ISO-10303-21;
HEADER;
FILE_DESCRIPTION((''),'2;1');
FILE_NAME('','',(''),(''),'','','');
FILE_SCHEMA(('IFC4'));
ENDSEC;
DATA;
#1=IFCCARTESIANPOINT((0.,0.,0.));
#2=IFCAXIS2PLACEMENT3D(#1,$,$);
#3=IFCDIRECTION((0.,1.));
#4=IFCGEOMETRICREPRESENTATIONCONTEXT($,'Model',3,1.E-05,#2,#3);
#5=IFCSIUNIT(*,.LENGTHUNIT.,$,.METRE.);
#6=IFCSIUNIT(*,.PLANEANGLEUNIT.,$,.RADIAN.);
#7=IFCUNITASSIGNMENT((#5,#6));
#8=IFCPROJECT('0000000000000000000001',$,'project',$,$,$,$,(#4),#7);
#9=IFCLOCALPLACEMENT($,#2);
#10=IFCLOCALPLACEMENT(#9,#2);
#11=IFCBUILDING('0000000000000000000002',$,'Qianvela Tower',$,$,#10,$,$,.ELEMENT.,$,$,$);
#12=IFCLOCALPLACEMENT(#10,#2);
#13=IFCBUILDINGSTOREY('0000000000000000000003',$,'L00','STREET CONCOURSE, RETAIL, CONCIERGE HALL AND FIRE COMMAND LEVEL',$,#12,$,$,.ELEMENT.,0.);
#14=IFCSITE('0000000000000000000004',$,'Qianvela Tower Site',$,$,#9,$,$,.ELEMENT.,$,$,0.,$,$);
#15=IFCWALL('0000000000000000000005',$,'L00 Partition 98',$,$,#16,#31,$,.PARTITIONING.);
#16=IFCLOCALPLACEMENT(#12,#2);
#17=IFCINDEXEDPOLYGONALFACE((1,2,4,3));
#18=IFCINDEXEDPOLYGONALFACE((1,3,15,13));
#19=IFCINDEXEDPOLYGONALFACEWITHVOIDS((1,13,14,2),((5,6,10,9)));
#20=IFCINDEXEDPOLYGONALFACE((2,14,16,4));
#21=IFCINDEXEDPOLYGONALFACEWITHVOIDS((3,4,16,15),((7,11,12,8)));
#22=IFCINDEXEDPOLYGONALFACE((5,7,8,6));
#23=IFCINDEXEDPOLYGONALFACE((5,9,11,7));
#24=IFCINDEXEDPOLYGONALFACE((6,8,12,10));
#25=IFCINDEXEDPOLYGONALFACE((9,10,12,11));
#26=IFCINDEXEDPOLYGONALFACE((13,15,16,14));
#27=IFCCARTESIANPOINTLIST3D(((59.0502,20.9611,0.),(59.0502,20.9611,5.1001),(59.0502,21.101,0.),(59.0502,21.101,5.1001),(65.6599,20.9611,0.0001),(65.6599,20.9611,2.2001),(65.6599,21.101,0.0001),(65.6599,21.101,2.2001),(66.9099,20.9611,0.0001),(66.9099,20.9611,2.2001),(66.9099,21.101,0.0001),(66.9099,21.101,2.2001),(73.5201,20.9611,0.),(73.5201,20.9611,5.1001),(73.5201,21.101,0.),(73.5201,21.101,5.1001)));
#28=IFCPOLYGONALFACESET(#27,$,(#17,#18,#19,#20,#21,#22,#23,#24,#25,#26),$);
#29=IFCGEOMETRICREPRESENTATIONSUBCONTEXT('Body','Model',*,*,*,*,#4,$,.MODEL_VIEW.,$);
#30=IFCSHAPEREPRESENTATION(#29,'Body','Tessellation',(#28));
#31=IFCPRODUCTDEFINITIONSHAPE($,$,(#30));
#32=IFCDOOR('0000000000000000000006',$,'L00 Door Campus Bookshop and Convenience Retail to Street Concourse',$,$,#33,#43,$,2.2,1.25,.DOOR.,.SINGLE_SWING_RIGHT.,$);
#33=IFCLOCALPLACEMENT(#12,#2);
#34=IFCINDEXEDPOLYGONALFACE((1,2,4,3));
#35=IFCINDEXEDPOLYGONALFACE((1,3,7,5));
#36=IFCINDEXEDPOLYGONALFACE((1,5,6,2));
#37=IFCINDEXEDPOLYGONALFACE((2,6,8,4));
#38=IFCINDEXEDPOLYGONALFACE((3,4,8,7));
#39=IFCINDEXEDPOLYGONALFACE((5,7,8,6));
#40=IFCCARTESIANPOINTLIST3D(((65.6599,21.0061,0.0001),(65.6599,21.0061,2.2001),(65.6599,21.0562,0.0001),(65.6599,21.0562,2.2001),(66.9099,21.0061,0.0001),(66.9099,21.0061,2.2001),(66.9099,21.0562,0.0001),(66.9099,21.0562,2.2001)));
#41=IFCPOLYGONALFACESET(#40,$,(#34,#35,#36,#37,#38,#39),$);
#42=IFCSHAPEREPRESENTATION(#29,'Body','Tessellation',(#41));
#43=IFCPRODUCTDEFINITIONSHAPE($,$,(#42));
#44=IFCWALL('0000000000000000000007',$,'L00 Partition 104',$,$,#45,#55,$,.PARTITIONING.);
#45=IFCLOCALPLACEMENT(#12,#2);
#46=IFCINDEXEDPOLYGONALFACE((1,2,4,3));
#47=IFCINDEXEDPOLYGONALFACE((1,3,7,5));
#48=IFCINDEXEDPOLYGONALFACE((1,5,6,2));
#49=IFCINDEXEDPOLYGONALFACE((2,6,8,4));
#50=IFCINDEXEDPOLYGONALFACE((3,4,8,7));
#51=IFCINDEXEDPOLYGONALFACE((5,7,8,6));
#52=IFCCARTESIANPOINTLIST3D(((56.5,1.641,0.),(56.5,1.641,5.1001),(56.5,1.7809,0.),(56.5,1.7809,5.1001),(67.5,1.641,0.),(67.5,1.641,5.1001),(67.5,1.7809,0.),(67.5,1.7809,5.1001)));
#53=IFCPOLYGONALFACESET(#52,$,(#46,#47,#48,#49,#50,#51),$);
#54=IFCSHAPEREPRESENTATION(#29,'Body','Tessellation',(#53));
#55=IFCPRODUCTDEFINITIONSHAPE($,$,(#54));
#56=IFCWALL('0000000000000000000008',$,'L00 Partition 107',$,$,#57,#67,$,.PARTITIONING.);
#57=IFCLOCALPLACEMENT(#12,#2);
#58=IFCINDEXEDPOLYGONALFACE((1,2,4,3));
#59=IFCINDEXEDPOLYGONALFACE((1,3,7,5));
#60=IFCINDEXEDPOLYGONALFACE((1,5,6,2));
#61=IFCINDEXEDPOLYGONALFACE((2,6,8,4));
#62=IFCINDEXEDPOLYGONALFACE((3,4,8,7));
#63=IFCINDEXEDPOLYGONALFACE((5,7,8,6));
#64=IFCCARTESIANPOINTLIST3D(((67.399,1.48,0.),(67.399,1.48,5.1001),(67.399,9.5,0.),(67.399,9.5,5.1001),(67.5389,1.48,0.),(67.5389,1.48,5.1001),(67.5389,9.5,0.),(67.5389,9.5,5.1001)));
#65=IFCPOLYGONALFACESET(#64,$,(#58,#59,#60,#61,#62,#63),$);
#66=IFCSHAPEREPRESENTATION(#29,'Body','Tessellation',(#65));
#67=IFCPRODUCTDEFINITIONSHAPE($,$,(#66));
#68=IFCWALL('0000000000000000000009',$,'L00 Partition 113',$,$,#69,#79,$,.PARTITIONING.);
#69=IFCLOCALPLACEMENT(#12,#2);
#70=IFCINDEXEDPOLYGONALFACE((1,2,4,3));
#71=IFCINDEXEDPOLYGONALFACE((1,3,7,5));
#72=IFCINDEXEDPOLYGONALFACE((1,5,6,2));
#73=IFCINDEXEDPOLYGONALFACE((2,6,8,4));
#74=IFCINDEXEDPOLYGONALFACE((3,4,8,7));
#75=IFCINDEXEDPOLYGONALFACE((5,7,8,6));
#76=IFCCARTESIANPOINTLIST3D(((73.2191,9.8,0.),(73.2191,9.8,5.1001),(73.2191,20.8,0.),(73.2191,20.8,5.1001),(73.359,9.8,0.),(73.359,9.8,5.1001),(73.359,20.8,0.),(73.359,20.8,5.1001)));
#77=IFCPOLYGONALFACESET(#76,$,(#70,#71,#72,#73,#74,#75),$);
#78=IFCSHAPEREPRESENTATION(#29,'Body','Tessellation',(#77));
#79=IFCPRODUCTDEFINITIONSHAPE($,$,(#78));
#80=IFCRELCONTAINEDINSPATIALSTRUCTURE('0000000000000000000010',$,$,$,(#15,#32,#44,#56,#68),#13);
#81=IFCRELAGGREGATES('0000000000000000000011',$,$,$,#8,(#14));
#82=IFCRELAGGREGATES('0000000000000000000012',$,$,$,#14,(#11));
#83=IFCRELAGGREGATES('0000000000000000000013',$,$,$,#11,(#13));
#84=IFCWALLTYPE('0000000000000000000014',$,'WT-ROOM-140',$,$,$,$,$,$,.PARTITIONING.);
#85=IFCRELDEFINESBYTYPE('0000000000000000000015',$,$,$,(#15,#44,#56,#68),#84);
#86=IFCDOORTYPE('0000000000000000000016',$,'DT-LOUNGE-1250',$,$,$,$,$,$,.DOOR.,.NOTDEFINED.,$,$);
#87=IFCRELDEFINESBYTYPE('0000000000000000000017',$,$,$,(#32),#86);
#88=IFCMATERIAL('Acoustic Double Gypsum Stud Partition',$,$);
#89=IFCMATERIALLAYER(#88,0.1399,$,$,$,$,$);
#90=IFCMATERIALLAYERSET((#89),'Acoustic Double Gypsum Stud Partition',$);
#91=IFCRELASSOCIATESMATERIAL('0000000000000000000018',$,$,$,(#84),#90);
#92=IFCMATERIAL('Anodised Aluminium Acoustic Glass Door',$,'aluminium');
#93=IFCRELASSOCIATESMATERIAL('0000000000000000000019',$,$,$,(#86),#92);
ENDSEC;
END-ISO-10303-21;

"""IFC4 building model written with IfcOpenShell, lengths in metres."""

from ifc_helpers import new_model, si_unit, direction, frame, frame_2d, origin, place, context, subcontext, project, spatial, rectangle, extrude, material, layer, layer_set, type_object, element, fill, save


model = new_model("IFC4")

# Units and contexts
model_context = context("Model", 3, precision=1e-05, world=origin(), true_north=direction((0.0, 1.0)))
body_context = subcontext(model_context, "Body", "Model", "MODEL_VIEW")
ifc_project = project(units=[si_unit("LENGTHUNIT", "METRE"), si_unit("PLANEANGLEUNIT", "RADIAN")], contexts=[model_context])

# Site, building, storey
site_placement = place(None, origin())
site = spatial("IfcSite", under=ifc_project, at=site_placement, Name="Qianvela Tower Site", CompositionType="ELEMENT", RefElevation=0.0)
building_placement = place(site_placement, origin())
building = spatial("IfcBuilding", under=site, at=building_placement, Name="Qianvela Tower", CompositionType="ELEMENT")
storey_placement = place(building_placement, origin())
storey = spatial("IfcBuildingStorey", under=building, at=storey_placement, Name="L00", Description="STREET CONCOURSE, RETAIL, CONCIERGE HALL AND FIRE COMMAND LEVEL", CompositionType="ELEMENT", Elevation=0.0)

# Wall, opening, door
ifc_material_1 = material(Name="Acoustic Double Gypsum Stud Partition")
ifc_layer_1 = layer(ifc_material_1, 0.1399)
ifc_layer_set_1 = layer_set([ifc_layer_1], Name="Acoustic Double Gypsum Stud Partition")
wall_type_1 = type_object("IfcWallType", Name="WT-ROOM-140", PredefinedType="PARTITIONING", material=ifc_layer_set_1)
wall_1_placement = place(storey_placement, frame((73.52, 21.031, 0.0), z_axis=(0.0, 0.0, 1.0), x_axis=(-1.0, 0.0, 0.0)))
wall_1 = element("IfcWall", 1, at=wall_1_placement, inside=storey, type_object=wall_type_1, Name="L00 Partition 98", PredefinedType="PARTITIONING", context=body_context, shape_type="SweptSolid", body=[
    extrude(rectangle(XDim=14.47, YDim=0.1399, at=frame_2d((7.2349, 0.0))), origin(), (0.0, 0.0, 1.0), 5.1001),
])
opening_1_placement = place(wall_1_placement, frame((6.6101, 0.0, 0.0)))
opening_1 = element("IfcOpeningElement", 2, at=opening_1_placement, cuts=wall_1, PredefinedType="OPENING", context=body_context, shape_type="SweptSolid", body=[
    extrude(rectangle(XDim=1.25, YDim=2.2, at=frame_2d((0.625, 1.1001))), frame((0.0, 0.0798, 0.0), z_axis=(0.0, -1.0, 0.0), x_axis=(1.0, 0.0, 0.0)), (0.0, 0.0, 1.0), 0.1599),
])
ifc_material_2 = material(Name="Anodised Aluminium Acoustic Glass Door", Category="aluminium")
door_type_1 = type_object("IfcDoorType", Name="DT-LOUNGE-1250", OperationType="NOTDEFINED", PredefinedType="DOOR", material=ifc_material_2)
door_1_placement = place(opening_1_placement, origin())
door_1 = element("IfcDoor", 3, at=door_1_placement, inside=storey, type_object=door_type_1, Name="L00 Door Campus Bookshop and Convenience Retail to Street Concourse", OperationType="SINGLE_SWING_RIGHT", OverallHeight=2.2, OverallWidth=1.25, PredefinedType="DOOR", context=body_context, shape_type="SweptSolid", body=[
    extrude(rectangle(XDim=1.25, YDim=2.2, at=frame_2d((0.625, 1.1001))), frame((0.0, 0.0249, 0.0), z_axis=(0.0, -1.0, 0.0), x_axis=(1.0, 0.0, 0.0)), (0.0, 0.0, 1.0), 0.05),
])
fill(opening_1, door_1)

# Walls
wall_2_placement = place(storey_placement, frame((67.5, 1.7109, 0.0), z_axis=(0.0, 0.0, 1.0), x_axis=(-1.0, 0.0, 0.0)))
element("IfcWall", 4, at=wall_2_placement, inside=storey, type_object=wall_type_1, Name="L00 Partition 104", PredefinedType="PARTITIONING", context=body_context, shape_type="SweptSolid", body=[
    extrude(rectangle(XDim=11.0, YDim=0.1399, at=frame_2d((5.5, 0.0))), origin(), (0.0, 0.0, 1.0), 5.1001),
])
wall_3_placement = place(storey_placement, frame((67.469, 9.5, 0.0), z_axis=(0.0, 0.0, 1.0), x_axis=(0.0, -1.0, 0.0)))
element("IfcWall", 5, at=wall_3_placement, inside=storey, type_object=wall_type_1, Name="L00 Partition 107", PredefinedType="PARTITIONING", context=body_context, shape_type="SweptSolid", body=[
    extrude(rectangle(XDim=8.02, YDim=0.1399, at=frame_2d((4.01, 0.0))), origin(), (0.0, 0.0, 1.0), 5.1001),
])
wall_4_placement = place(storey_placement, frame((73.2891, 20.8, 0.0), z_axis=(0.0, 0.0, 1.0), x_axis=(0.0, -1.0, 0.0)))
element("IfcWall", 6, at=wall_4_placement, inside=storey, type_object=wall_type_1, Name="L00 Partition 113", PredefinedType="PARTITIONING", context=body_context, shape_type="SweptSolid", body=[
    extrude(rectangle(XDim=11.0, YDim=0.1399, at=frame_2d((5.5, 0.0))), origin(), (0.0, 0.0, 1.0), 5.1001),
])

save(model, "model.ifc")
